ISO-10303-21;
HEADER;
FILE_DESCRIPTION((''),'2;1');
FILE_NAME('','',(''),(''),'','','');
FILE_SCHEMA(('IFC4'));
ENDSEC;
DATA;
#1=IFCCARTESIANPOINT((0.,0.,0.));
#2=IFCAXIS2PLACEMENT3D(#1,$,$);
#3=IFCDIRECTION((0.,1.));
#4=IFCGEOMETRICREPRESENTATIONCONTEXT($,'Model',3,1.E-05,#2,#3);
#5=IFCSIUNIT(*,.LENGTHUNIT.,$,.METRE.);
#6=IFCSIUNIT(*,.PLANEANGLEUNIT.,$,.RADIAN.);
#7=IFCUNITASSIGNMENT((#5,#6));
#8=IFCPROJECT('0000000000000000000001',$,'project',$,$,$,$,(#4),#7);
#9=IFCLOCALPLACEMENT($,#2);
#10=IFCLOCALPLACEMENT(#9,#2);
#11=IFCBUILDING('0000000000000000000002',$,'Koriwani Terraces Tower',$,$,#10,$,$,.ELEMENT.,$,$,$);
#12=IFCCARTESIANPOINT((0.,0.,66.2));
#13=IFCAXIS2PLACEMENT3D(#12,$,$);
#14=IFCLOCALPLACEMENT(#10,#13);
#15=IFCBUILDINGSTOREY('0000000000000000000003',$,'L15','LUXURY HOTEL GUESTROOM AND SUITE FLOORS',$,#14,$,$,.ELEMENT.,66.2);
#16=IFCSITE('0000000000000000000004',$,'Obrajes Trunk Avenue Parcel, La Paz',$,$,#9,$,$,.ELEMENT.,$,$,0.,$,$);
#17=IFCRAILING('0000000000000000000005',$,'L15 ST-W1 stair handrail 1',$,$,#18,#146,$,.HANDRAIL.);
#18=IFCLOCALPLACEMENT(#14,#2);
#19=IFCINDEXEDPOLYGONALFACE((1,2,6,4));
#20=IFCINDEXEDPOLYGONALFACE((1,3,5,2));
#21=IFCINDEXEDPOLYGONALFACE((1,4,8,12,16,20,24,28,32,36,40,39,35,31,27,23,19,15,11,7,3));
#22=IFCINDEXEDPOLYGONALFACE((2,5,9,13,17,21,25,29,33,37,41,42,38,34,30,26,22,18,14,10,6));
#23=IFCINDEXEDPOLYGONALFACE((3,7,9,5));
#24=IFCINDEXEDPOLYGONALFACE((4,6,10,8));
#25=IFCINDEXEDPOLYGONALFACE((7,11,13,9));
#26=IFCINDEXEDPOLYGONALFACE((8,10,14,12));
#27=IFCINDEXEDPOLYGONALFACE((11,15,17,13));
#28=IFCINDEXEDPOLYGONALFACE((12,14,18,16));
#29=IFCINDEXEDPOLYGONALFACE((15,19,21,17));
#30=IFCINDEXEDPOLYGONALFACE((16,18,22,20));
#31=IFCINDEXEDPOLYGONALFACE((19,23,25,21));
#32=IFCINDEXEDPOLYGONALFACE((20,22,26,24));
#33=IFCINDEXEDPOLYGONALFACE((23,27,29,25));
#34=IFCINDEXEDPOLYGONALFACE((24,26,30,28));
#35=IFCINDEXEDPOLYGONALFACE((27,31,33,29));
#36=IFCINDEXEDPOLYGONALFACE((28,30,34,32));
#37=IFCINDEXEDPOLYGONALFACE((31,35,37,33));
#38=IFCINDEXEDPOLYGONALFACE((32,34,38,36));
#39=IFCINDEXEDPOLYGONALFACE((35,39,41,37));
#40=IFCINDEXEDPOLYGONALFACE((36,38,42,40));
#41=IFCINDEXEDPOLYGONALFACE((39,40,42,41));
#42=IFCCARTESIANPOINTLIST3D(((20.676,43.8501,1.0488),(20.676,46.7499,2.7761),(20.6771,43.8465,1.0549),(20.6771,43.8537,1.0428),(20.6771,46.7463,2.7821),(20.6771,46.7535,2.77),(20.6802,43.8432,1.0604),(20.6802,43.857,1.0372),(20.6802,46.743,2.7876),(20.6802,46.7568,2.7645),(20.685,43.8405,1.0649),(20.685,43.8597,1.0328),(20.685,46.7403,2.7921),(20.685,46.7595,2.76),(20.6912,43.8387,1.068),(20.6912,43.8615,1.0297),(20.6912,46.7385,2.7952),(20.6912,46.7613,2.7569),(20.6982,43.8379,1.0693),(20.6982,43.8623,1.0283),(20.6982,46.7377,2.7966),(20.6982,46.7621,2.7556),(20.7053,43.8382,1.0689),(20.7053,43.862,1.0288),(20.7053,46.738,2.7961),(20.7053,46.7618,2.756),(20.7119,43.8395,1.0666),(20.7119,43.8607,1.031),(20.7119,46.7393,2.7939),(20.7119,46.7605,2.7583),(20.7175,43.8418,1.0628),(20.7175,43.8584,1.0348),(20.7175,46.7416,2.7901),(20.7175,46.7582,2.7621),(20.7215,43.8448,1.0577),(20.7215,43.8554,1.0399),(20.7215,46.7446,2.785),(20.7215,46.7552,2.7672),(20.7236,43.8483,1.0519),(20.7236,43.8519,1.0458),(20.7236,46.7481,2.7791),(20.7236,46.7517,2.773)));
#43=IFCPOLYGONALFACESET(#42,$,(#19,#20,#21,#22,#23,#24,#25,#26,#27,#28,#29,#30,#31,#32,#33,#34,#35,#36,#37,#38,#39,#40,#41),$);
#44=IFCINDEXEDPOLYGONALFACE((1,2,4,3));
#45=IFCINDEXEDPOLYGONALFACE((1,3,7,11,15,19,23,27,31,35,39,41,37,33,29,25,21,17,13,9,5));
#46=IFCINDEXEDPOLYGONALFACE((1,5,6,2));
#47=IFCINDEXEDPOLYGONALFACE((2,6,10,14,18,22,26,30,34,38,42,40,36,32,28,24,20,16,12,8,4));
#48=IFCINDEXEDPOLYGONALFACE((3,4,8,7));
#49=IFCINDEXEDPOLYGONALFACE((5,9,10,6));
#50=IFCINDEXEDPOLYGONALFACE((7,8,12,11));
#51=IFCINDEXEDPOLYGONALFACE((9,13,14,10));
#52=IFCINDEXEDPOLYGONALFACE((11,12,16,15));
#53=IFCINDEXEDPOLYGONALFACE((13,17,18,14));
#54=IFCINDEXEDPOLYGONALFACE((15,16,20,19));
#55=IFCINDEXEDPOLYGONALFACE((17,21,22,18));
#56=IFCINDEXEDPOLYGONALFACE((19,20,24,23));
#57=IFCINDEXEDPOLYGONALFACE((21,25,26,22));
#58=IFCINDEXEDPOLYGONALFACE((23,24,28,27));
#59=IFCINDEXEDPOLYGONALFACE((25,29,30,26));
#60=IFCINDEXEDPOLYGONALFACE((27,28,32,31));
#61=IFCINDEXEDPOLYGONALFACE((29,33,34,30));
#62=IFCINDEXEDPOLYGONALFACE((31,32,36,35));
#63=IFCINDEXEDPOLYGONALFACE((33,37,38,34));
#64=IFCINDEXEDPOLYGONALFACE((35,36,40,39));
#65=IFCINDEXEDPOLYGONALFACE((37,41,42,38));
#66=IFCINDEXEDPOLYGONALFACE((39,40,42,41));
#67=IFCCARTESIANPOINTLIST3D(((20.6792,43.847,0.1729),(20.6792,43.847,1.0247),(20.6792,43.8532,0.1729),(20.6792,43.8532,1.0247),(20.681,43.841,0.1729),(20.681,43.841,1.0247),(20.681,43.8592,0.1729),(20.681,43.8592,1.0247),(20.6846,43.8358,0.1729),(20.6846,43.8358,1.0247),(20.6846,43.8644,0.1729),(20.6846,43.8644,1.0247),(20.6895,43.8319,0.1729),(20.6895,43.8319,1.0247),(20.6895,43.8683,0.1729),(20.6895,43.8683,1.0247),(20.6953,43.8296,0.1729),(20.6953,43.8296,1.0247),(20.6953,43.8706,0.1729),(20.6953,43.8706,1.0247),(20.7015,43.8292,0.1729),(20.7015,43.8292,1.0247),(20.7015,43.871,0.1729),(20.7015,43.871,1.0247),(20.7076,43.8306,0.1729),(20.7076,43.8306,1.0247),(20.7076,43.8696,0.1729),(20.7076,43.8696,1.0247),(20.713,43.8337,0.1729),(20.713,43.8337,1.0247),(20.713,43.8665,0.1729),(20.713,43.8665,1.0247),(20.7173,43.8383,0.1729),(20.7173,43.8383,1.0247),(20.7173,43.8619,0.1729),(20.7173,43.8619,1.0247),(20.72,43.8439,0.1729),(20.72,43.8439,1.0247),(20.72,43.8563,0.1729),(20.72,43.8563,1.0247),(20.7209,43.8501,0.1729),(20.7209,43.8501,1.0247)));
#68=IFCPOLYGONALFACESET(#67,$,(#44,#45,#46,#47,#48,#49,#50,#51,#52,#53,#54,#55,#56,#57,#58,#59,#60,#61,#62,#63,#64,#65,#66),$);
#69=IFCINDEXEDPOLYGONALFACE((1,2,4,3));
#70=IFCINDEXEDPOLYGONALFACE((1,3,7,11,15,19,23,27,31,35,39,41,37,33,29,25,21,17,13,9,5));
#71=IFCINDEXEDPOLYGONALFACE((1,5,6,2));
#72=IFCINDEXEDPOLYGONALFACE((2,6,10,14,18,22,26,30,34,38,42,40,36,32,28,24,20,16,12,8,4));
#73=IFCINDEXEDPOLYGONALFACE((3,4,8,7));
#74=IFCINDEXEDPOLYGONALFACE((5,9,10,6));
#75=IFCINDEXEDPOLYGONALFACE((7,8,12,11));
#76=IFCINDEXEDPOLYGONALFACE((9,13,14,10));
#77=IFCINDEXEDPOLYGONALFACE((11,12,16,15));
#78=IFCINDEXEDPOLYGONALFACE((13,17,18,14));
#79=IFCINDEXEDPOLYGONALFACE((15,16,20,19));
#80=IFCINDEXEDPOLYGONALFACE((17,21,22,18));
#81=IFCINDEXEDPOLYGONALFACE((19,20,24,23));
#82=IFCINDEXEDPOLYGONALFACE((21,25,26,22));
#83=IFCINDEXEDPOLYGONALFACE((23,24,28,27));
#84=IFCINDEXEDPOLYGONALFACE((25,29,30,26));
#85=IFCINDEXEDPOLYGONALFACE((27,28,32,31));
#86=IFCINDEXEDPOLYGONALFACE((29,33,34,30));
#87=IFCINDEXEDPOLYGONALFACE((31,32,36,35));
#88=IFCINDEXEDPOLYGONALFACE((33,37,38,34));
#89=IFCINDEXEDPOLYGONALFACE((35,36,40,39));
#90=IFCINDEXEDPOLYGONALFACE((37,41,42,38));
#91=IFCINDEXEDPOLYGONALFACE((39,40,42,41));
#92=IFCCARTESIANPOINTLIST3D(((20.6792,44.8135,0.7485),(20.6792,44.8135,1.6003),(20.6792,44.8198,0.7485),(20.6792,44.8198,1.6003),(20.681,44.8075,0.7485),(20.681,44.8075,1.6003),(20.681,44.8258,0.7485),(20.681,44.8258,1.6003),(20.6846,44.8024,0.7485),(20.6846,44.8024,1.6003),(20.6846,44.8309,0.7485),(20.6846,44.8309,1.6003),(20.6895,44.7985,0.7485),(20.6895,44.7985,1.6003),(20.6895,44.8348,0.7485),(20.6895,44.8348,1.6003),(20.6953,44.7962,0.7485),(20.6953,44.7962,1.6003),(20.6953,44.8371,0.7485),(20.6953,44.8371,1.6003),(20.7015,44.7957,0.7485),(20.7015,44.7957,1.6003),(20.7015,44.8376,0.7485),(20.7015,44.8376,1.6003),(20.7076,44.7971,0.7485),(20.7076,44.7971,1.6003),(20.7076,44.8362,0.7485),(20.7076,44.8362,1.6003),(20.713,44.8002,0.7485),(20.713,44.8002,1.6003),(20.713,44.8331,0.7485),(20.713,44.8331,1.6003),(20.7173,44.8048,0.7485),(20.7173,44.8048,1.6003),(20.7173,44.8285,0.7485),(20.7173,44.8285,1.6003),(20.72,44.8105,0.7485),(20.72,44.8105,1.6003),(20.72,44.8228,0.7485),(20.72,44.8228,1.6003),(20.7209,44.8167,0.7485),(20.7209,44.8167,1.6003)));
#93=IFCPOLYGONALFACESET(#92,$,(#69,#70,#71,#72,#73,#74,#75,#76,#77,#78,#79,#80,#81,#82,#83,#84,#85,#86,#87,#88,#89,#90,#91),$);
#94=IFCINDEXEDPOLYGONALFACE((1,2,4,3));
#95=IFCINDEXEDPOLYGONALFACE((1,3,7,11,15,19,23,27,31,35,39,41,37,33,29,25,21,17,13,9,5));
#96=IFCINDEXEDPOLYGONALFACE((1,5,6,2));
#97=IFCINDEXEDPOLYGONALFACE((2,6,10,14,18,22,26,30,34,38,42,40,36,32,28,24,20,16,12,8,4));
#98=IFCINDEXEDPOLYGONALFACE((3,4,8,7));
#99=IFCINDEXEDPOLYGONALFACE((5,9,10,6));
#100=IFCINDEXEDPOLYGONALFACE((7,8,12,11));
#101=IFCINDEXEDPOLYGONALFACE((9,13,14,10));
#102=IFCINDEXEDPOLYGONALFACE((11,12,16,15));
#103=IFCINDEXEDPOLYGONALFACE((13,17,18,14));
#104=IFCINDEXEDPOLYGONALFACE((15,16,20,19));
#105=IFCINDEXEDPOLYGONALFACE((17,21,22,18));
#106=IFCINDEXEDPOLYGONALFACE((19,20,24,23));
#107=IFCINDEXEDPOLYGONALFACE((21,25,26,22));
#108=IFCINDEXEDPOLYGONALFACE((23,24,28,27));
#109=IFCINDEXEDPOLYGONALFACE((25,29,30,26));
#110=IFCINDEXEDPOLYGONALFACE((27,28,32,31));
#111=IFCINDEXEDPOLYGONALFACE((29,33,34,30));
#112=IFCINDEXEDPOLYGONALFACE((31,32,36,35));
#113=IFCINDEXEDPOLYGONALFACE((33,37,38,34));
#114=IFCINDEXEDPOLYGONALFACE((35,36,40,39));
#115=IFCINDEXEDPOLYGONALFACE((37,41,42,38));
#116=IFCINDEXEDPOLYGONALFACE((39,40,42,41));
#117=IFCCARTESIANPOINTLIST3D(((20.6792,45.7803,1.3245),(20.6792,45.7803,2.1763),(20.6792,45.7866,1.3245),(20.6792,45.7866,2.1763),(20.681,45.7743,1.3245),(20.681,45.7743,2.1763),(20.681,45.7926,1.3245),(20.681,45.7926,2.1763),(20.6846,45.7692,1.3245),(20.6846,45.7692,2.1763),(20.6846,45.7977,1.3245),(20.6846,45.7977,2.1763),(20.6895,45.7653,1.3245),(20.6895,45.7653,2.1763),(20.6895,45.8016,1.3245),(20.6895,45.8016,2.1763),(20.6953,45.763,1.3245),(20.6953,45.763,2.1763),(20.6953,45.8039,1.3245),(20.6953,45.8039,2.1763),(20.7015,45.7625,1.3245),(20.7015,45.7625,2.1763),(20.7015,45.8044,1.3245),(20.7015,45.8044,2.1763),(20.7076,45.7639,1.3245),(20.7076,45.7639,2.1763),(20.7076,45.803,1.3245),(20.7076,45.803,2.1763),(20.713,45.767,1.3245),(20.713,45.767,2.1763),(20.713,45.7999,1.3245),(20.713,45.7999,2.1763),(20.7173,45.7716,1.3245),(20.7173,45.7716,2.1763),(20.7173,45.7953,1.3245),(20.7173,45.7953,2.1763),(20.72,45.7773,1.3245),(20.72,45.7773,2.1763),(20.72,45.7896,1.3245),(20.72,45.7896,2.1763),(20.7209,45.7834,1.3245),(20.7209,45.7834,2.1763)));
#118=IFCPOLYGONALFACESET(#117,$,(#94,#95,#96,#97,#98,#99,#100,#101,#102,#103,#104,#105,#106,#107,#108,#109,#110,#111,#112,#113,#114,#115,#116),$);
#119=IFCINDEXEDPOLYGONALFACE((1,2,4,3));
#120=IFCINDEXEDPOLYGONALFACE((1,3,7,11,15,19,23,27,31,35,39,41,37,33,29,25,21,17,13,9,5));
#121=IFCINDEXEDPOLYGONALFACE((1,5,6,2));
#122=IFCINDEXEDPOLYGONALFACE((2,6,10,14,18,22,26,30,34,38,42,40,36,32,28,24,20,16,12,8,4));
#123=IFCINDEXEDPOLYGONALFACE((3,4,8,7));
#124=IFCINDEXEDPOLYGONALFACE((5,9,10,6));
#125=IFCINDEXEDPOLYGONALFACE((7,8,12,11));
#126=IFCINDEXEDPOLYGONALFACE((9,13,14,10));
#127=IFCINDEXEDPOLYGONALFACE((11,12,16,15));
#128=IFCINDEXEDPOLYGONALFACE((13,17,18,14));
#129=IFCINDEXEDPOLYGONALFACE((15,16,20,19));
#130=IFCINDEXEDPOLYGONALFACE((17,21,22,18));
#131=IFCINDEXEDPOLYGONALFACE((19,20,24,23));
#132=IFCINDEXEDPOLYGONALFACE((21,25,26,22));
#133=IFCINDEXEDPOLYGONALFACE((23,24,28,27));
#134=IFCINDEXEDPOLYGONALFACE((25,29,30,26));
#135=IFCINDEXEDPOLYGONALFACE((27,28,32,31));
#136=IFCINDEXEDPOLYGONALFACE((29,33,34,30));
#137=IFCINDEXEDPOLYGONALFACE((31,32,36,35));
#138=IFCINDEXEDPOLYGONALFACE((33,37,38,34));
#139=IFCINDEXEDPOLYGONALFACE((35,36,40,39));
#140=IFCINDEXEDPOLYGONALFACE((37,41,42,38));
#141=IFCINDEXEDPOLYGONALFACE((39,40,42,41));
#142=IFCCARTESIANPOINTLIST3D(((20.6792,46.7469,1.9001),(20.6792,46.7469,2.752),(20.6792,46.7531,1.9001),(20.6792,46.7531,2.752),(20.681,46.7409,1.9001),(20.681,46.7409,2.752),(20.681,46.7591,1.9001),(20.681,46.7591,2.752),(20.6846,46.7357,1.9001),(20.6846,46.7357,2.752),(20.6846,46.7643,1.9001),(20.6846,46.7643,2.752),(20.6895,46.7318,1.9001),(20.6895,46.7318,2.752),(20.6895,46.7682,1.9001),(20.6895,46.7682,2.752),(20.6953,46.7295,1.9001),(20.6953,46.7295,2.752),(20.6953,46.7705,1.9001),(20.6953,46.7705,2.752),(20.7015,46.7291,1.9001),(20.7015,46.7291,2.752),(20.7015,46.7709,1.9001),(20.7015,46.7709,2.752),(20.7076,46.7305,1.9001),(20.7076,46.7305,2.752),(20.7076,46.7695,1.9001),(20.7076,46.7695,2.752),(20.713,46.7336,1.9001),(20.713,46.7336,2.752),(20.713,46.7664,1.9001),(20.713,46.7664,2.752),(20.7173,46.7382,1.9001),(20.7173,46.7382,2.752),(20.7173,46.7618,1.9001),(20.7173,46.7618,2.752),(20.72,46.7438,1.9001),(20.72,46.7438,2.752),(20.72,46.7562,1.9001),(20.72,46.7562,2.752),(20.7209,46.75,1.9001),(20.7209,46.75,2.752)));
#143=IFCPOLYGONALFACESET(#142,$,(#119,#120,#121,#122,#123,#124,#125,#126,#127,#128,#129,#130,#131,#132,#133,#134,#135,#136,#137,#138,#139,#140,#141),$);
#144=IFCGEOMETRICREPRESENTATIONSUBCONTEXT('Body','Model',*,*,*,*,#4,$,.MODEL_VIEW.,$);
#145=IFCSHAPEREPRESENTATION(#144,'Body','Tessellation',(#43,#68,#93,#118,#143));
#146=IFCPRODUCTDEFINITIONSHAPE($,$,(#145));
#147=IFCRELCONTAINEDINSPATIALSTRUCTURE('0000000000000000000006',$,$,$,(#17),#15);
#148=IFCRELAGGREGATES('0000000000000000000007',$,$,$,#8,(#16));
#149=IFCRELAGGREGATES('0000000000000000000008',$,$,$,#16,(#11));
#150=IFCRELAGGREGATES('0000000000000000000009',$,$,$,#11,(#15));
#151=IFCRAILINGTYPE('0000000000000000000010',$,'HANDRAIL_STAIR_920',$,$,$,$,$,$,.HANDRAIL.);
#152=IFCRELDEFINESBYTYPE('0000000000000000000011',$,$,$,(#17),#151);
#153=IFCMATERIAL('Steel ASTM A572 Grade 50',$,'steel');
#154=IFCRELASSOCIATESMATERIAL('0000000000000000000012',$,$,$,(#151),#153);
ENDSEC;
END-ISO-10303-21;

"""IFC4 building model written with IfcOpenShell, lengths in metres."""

from ifc_helpers import new_model, si_unit, direction, frame, origin, origin_2d, place, context, subcontext, project, spatial, circle, extrude, material, type_object, element, save


model = new_model("IFC4")

# Units and contexts
model_context = context("Model", 3, precision=1e-05, world=origin(), true_north=direction((0.0, 1.0)))
body_context = subcontext(model_context, "Body", "Model", "MODEL_VIEW")
ifc_project = project(units=[si_unit("LENGTHUNIT", "METRE"), si_unit("PLANEANGLEUNIT", "RADIAN")], contexts=[model_context])

# Site, building, storey
site_placement = place(None, origin())
site = spatial("IfcSite", under=ifc_project, at=site_placement, Name="Obrajes Trunk Avenue Parcel, La Paz", CompositionType="ELEMENT", RefElevation=0.0)
building_placement = place(site_placement, origin())
building = spatial("IfcBuilding", under=site, at=building_placement, Name="Koriwani Terraces Tower", CompositionType="ELEMENT")
storey_placement = place(building_placement, frame((0.0, 0.0, 66.2)))
storey = spatial("IfcBuildingStorey", under=building, at=storey_placement, Name="L15", Description="LUXURY HOTEL GUESTROOM AND SUITE FLOORS", CompositionType="ELEMENT", Elevation=66.2)

# Shared definitions
ifc_material_1 = material(Name="Steel ASTM A572 Grade 50", Category="steel")

# Railing
railing_type_1 = type_object("IfcRailingType", Name="HANDRAIL_STAIR_920", PredefinedType="HANDRAIL", material=ifc_material_1)
railing_1_placement = place(storey_placement, frame((20.7, 43.8501, 0.1729)))
element("IfcRailing", 1, at=railing_1_placement, inside=storey, type_object=railing_type_1, Name="L15 ST-W1 stair handrail 1", PredefinedType="HANDRAIL", context=body_context, shape_type="SweptSolid", body=[
    extrude(circle(Radius=0.0239, at=origin_2d()), frame((0.0, 0.0, 0.876), z_axis=(0.0, 0.859141, 0.511738), x_axis=(-1.0, 0.0, 0.0)), (0.0, 0.0, 1.0), 3.3752),
    extrude(circle(Radius=0.021, at=origin_2d()), origin(), (0.0, 0.0, 1.0), 0.8518),
    extrude(circle(Radius=0.021, at=origin_2d()), frame((0.0, 0.9666, 0.5757)), (0.0, 0.0, 1.0), 0.8518),
    extrude(circle(Radius=0.021, at=origin_2d()), frame((0.0, 1.9333, 1.1516)), (0.0, 0.0, 1.0), 0.8518),
    extrude(circle(Radius=0.021, at=origin_2d()), frame((0.0, 2.8999, 1.7273)), (0.0, 0.0, 1.0), 0.8518),
])

save(model, "model.ifc")
